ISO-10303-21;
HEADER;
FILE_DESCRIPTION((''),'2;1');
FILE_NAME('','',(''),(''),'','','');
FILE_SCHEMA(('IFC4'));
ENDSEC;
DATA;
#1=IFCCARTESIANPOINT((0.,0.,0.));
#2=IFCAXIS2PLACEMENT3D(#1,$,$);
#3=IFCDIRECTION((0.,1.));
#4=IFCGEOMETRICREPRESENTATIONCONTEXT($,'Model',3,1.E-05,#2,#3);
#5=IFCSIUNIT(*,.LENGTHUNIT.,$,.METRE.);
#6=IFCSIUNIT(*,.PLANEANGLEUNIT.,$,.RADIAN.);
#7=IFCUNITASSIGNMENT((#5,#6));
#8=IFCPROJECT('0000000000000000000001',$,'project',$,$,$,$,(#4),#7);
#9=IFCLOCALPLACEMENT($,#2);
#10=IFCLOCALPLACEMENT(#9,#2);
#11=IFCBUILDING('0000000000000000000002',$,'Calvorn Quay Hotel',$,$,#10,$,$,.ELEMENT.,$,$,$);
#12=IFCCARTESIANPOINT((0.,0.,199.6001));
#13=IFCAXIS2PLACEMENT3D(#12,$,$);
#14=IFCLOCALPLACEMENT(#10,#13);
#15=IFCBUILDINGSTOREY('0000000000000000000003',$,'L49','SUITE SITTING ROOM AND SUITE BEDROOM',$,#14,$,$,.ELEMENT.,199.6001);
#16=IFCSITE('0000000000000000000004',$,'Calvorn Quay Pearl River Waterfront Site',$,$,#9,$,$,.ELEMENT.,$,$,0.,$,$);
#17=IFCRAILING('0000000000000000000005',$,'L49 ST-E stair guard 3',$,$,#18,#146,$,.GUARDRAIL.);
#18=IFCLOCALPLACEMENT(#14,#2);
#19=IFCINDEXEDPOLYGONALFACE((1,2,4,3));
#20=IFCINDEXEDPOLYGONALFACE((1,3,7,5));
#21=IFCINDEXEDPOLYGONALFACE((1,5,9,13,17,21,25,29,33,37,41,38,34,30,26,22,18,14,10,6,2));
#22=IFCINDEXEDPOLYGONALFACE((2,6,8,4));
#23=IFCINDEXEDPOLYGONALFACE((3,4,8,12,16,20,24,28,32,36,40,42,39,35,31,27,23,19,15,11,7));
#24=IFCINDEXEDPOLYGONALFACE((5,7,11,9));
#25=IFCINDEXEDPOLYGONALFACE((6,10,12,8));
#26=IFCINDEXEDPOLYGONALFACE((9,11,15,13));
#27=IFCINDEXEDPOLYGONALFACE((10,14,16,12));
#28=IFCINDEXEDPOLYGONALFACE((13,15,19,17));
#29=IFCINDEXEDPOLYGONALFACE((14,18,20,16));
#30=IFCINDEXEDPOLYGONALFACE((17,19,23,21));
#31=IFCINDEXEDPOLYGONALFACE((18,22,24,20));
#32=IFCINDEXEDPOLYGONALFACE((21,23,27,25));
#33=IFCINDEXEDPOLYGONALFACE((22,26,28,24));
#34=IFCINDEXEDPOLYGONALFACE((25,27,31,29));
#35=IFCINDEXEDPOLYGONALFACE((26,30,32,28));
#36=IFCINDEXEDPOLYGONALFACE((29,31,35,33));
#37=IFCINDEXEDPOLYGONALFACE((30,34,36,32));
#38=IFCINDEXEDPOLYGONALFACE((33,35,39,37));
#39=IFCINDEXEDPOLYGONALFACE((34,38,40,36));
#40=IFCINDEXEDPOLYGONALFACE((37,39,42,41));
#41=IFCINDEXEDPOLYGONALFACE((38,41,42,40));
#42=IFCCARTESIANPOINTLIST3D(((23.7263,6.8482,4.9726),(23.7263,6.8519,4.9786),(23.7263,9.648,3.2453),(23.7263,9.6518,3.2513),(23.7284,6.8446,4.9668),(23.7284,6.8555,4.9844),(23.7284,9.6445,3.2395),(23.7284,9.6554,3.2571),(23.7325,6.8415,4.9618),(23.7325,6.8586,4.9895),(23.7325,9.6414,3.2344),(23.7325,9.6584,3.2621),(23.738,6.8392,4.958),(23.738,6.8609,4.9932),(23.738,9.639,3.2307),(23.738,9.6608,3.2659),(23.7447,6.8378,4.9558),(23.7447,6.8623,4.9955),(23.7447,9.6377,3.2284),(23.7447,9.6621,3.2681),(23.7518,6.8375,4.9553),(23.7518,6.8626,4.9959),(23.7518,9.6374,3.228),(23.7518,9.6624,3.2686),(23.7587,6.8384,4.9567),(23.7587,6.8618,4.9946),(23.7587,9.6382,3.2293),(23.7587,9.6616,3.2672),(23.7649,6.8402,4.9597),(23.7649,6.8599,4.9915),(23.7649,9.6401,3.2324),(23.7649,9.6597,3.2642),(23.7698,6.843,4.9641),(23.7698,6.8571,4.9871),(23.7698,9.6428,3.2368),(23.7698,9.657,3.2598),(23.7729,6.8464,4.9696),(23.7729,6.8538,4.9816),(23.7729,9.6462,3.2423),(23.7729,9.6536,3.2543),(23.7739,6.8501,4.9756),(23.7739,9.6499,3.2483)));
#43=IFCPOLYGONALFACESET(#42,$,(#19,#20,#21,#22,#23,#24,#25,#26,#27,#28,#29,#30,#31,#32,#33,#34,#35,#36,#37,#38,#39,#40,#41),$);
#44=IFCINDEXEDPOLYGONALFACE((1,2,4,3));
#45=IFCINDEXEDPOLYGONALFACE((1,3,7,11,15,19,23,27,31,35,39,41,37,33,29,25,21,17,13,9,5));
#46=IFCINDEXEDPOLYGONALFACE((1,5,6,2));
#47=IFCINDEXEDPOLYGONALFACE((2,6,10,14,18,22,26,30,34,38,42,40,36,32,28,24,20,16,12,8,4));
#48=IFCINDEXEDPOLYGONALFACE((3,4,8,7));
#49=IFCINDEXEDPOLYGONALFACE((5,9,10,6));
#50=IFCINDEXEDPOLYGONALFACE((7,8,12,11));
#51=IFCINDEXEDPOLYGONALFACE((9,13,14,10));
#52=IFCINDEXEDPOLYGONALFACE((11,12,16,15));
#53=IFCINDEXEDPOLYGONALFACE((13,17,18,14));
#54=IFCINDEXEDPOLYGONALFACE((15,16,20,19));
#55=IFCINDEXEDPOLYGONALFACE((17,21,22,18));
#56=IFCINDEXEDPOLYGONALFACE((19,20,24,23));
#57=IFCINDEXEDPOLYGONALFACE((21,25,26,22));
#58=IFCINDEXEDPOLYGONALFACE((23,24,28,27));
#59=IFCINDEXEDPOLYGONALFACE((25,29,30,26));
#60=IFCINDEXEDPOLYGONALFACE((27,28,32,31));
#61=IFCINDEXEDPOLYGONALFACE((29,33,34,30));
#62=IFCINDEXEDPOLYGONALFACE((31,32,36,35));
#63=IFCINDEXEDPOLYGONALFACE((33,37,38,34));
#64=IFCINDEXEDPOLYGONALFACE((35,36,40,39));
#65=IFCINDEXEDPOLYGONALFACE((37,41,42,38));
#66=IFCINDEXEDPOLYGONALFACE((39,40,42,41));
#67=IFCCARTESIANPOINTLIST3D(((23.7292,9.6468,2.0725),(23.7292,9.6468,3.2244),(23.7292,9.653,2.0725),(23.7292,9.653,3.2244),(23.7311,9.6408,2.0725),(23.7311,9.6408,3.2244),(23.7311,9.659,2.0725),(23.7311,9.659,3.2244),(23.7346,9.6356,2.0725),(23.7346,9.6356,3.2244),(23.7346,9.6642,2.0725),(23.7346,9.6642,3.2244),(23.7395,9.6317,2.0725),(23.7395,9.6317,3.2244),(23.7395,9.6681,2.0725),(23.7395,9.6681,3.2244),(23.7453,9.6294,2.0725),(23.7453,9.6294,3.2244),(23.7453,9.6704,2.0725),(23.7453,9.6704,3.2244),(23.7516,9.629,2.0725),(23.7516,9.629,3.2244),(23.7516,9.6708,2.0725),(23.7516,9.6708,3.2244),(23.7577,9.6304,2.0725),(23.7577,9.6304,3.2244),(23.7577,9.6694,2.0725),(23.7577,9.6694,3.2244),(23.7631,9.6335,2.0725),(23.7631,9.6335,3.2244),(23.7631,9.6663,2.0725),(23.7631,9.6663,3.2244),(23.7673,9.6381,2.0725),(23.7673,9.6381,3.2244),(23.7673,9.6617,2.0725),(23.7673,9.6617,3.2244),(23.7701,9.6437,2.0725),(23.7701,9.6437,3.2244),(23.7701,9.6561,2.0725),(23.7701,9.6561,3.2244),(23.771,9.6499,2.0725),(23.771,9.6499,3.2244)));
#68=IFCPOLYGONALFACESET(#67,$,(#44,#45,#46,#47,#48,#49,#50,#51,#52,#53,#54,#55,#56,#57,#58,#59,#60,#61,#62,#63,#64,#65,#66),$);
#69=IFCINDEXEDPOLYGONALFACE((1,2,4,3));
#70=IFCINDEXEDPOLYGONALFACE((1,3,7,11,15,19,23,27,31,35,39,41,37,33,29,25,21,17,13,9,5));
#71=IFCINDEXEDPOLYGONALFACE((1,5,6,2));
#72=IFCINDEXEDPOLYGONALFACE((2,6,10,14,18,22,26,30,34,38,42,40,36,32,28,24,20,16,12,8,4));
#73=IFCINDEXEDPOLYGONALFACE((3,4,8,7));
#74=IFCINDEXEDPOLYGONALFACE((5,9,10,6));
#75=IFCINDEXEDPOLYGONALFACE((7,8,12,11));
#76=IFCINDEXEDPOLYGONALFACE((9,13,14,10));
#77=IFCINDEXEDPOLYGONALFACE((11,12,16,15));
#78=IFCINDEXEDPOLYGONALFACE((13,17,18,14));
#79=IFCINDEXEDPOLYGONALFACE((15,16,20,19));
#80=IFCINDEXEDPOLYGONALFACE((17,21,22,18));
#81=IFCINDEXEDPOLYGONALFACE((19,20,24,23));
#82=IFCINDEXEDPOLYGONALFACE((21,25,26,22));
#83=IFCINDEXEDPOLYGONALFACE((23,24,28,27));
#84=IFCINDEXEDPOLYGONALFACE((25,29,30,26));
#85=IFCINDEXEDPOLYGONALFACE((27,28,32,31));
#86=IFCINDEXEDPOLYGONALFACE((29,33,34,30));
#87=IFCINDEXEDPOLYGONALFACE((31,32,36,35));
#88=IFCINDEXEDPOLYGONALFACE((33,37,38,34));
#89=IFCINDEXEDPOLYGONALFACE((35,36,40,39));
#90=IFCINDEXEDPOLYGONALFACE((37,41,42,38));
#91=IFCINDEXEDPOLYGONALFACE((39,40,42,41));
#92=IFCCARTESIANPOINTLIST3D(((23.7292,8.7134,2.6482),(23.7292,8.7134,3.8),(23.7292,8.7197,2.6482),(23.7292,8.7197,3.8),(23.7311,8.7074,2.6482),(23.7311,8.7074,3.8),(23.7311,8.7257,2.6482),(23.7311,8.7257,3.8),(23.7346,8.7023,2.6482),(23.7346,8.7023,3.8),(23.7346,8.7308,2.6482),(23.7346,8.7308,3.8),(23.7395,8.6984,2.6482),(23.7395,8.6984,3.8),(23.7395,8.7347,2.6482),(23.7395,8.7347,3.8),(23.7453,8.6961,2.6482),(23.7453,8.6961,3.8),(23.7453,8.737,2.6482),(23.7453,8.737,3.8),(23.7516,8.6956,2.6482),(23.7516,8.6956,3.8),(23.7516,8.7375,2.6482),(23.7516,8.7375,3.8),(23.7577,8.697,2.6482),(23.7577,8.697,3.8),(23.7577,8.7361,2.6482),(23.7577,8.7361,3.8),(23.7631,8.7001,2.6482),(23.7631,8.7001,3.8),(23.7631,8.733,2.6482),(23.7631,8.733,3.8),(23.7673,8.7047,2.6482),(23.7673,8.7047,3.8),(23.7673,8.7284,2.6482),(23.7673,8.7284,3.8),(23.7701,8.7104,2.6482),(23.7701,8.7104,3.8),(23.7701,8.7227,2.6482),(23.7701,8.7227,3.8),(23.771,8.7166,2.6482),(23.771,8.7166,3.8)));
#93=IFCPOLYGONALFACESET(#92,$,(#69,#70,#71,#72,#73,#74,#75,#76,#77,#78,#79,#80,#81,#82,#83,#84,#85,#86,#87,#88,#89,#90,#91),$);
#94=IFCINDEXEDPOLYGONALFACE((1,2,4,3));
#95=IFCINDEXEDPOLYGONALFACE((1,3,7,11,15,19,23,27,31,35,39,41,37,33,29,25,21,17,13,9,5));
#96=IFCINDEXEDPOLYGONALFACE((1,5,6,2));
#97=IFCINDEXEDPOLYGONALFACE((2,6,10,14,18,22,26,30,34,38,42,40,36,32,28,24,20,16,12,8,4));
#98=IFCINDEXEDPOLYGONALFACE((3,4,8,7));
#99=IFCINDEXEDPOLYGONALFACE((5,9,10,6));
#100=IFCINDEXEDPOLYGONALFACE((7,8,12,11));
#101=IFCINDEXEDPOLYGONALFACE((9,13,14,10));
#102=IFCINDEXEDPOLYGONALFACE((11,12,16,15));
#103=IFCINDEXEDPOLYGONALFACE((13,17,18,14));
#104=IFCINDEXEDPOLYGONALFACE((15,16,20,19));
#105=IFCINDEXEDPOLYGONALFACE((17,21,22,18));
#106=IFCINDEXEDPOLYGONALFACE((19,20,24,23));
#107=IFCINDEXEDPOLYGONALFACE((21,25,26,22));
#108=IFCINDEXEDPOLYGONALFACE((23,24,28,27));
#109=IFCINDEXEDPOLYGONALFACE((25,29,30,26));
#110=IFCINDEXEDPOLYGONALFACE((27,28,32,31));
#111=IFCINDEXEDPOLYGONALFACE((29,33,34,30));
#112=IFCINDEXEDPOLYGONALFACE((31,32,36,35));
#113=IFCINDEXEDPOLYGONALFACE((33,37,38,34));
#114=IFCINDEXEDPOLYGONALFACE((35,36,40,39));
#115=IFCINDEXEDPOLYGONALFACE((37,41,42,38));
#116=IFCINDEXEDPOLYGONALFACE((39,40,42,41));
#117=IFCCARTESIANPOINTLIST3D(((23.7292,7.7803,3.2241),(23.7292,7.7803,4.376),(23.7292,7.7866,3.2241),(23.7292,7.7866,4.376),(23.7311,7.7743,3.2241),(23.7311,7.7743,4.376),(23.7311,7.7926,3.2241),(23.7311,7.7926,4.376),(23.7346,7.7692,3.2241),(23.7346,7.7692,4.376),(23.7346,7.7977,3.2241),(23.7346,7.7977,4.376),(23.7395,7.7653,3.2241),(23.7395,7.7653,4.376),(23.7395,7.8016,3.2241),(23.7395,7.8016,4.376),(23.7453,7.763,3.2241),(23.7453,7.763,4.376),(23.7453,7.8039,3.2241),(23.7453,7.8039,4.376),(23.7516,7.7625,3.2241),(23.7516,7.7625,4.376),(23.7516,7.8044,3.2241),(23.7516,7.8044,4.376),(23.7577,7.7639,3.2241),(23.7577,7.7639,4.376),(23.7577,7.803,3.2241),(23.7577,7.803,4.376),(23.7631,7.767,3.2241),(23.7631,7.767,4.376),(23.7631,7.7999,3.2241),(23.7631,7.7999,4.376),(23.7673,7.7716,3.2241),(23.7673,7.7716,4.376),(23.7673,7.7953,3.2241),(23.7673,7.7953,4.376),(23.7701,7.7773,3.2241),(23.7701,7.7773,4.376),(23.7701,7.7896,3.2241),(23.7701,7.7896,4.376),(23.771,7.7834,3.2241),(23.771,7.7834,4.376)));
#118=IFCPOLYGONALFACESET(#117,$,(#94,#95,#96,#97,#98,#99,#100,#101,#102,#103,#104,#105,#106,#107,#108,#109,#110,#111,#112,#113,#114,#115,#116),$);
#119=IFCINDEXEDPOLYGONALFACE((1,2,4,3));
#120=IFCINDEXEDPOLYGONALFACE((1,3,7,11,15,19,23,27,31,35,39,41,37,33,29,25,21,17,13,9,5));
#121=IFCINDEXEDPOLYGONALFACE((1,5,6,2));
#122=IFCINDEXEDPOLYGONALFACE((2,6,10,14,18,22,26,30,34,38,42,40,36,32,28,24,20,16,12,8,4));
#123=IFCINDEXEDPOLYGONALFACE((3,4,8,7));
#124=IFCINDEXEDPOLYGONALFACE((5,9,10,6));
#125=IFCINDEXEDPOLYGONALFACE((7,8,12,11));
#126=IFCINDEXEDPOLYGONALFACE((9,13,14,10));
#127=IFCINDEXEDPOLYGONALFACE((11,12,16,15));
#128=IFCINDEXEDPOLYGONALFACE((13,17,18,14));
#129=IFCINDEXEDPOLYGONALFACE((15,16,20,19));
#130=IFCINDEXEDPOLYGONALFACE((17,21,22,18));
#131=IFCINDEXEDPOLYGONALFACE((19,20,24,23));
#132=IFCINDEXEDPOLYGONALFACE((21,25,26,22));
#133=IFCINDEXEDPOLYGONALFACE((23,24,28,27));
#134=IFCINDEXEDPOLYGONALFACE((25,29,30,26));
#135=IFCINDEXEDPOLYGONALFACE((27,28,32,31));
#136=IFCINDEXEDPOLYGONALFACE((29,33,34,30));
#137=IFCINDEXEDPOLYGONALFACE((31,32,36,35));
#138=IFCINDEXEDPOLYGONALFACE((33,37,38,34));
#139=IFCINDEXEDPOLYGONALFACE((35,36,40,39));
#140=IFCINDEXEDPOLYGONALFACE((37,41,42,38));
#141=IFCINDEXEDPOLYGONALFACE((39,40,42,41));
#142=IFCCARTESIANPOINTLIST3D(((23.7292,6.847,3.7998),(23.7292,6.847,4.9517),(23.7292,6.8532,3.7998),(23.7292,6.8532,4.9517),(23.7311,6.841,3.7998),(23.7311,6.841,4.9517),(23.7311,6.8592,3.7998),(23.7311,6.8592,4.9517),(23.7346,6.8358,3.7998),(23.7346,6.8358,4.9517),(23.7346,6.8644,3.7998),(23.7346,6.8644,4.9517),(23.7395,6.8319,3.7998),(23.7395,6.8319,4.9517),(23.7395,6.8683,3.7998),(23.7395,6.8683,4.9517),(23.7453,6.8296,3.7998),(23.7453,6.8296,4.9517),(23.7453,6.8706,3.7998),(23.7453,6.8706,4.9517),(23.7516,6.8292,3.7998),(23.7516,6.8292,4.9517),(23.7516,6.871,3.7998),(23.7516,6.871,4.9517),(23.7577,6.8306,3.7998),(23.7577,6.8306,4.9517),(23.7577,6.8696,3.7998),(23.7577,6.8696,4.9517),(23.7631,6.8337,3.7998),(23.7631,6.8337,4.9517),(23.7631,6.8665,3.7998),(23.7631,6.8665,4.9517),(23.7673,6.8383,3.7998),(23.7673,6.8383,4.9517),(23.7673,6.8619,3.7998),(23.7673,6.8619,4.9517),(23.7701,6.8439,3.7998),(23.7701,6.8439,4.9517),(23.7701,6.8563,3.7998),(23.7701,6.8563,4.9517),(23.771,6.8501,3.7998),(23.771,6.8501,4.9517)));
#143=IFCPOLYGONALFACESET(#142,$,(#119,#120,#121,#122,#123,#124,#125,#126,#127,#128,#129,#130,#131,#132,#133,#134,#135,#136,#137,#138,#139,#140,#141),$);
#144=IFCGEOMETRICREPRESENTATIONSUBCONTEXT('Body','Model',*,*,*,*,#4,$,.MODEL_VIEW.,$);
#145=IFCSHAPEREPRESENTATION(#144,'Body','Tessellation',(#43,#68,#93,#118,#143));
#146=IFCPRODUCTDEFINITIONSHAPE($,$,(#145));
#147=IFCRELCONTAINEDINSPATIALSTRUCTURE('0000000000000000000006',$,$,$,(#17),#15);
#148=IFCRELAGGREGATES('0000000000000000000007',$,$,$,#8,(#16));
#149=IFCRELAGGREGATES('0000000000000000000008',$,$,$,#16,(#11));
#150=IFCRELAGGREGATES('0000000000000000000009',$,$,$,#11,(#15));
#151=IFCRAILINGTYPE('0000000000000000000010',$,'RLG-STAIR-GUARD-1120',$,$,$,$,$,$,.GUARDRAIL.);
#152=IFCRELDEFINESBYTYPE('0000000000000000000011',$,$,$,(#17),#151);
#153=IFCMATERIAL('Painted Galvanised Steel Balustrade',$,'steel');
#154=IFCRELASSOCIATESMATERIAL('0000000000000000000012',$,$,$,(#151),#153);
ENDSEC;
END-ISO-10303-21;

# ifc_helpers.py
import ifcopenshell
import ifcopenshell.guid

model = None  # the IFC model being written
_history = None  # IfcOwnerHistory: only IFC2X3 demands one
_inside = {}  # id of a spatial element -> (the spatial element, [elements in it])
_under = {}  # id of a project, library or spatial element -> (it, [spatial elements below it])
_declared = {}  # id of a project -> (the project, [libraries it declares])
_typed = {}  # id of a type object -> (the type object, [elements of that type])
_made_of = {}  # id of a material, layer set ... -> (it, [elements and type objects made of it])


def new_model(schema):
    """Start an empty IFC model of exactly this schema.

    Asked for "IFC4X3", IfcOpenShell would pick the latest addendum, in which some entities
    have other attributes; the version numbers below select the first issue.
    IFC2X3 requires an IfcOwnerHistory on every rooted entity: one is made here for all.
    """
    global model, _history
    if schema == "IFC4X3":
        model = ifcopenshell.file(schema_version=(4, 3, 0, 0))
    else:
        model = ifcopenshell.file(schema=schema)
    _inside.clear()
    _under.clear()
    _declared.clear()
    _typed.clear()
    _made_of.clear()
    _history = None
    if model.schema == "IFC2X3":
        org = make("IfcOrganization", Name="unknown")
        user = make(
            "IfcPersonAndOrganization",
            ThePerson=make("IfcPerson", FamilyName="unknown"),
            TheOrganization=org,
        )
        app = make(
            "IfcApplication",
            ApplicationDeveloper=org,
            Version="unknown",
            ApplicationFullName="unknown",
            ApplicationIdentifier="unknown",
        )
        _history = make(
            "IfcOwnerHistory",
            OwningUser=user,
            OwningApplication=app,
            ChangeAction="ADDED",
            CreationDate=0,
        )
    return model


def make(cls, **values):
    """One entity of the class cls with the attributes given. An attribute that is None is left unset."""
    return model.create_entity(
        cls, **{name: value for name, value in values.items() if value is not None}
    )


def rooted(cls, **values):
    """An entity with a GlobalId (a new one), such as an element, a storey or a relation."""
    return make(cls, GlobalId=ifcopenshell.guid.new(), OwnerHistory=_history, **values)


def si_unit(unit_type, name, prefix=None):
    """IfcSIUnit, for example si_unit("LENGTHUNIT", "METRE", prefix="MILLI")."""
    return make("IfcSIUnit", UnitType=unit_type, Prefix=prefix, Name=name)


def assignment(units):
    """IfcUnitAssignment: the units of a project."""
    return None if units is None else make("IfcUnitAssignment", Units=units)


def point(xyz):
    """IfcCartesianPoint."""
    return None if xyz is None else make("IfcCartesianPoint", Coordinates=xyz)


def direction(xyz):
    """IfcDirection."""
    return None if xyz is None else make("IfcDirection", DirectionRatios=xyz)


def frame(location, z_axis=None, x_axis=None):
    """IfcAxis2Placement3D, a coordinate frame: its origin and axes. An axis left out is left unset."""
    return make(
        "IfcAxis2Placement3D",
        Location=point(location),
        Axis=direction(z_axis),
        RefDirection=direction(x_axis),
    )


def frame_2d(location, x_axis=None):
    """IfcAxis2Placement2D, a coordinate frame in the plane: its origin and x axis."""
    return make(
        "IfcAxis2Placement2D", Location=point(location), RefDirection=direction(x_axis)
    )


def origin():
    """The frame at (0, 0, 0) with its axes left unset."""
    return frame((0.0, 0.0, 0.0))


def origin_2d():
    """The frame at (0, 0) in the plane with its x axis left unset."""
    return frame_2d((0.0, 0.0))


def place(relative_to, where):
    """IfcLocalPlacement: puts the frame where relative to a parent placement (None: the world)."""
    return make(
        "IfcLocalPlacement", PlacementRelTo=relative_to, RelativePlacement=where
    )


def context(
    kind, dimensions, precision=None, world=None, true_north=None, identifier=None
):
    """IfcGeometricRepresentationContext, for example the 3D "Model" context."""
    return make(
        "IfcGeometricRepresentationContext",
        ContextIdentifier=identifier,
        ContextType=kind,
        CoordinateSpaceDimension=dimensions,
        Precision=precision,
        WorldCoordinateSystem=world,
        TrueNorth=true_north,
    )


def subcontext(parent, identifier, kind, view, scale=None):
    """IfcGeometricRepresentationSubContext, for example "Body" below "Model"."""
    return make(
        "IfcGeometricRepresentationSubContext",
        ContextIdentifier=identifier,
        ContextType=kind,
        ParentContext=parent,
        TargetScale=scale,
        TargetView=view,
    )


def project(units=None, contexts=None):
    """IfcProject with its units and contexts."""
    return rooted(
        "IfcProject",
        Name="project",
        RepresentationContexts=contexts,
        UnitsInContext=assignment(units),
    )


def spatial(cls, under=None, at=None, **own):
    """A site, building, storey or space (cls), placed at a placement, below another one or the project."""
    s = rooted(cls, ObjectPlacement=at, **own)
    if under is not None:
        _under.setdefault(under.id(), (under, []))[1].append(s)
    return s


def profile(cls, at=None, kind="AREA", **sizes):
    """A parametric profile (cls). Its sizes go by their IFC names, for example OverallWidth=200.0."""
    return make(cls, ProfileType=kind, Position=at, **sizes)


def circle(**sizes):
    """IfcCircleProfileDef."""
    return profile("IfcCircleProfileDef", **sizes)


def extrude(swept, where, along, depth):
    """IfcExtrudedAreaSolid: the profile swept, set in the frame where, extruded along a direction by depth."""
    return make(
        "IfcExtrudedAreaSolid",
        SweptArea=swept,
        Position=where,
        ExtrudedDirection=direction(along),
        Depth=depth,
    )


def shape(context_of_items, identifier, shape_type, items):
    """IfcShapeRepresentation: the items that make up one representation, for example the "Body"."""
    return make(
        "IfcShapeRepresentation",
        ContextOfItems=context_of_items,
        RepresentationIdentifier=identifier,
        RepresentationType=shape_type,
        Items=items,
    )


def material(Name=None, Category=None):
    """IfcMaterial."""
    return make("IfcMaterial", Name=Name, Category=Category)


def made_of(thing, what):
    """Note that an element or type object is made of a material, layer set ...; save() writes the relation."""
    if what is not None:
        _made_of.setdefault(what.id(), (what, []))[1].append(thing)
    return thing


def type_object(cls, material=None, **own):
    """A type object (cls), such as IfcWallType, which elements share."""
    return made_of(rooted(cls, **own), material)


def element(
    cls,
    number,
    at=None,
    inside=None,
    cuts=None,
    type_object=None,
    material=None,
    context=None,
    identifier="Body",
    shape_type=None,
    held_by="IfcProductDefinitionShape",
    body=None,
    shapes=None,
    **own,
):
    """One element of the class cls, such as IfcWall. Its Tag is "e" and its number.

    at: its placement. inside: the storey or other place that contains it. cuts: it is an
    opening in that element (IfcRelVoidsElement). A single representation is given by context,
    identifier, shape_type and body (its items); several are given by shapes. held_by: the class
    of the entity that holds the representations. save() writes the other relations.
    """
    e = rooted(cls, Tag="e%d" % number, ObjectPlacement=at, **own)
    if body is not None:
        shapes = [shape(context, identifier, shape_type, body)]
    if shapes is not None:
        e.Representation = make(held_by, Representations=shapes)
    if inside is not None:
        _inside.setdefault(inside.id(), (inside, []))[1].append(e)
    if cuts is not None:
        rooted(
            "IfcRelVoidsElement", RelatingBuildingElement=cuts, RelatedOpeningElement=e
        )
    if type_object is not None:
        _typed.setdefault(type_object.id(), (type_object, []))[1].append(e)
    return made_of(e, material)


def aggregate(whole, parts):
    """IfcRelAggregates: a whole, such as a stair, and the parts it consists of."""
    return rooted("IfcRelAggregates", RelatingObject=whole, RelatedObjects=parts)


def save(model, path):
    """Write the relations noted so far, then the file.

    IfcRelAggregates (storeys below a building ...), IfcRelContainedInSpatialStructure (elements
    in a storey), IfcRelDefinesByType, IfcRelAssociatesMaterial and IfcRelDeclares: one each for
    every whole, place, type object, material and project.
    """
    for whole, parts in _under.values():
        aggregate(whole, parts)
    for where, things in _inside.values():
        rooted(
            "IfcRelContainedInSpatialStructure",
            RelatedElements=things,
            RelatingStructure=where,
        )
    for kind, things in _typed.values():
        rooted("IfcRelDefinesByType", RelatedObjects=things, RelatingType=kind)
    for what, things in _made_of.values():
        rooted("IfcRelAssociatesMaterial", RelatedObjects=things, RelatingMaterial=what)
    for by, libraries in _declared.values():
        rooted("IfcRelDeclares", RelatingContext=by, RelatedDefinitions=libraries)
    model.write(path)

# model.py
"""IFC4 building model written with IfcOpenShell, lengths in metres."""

from ifc_helpers import new_model, si_unit, direction, frame, origin, origin_2d, place, context, subcontext, project, spatial, circle, extrude, material, type_object, element, save


model = new_model("IFC4")

# Units and contexts
model_context = context("Model", 3, precision=1e-05, world=origin(), true_north=direction((0.0, 1.0)))
body_context = subcontext(model_context, "Body", "Model", "MODEL_VIEW")
ifc_project = project(units=[si_unit("LENGTHUNIT", "METRE"), si_unit("PLANEANGLEUNIT", "RADIAN")], contexts=[model_context])

# Site, building, storey
site_placement = place(None, origin())
site = spatial("IfcSite", under=ifc_project, at=site_placement, Name="Calvorn Quay Pearl River Waterfront Site", CompositionType="ELEMENT", RefElevation=0.0)
building_placement = place(site_placement, origin())
building = spatial("IfcBuilding", under=site, at=building_placement, Name="Calvorn Quay Hotel", CompositionType="ELEMENT")
storey_placement = place(building_placement, frame((0.0, 0.0, 199.6001)))
storey = spatial("IfcBuildingStorey", under=building, at=storey_placement, Name="L49", Description="SUITE SITTING ROOM AND SUITE BEDROOM", CompositionType="ELEMENT", Elevation=199.6001)

# Railing
ifc_material_1 = material(Name="Painted Galvanised Steel Balustrade", Category="steel")
railing_type_1 = type_object("IfcRailingType", Name="RLG-STAIR-GUARD-1120", PredefinedType="GUARDRAIL", material=ifc_material_1)
railing_1_placement = place(storey_placement, frame((23.75, 9.6499, 2.0725)))
element("IfcRailing", 1, at=railing_1_placement, inside=storey, type_object=railing_type_1, Name="L49 ST-E stair guard 3", PredefinedType="GUARDRAIL", context=body_context, shape_type="SweptSolid", body=[
    extrude(circle(Radius=0.0239, at=origin_2d()), frame((0.0, 0.0, 1.1758), z_axis=(0.0, -0.851069, 0.525054), x_axis=(1.0, 0.0, 0.0)), (0.0, 0.0, 1.0), 3.2898),
    extrude(circle(Radius=0.021, at=origin_2d()), origin(), (0.0, 0.0, 1.0), 1.1519),
    extrude(circle(Radius=0.021, at=origin_2d()), frame((0.0, -0.9333, 0.5757)), (0.0, 0.0, 1.0), 1.1519),
    extrude(circle(Radius=0.021, at=origin_2d()), frame((0.0, -1.8665, 1.1516)), (0.0, 0.0, 1.0), 1.1519),
    extrude(circle(Radius=0.021, at=origin_2d()), frame((0.0, -2.7998, 1.7273)), (0.0, 0.0, 1.0), 1.1519),
])

save(model, "model.ifc")
